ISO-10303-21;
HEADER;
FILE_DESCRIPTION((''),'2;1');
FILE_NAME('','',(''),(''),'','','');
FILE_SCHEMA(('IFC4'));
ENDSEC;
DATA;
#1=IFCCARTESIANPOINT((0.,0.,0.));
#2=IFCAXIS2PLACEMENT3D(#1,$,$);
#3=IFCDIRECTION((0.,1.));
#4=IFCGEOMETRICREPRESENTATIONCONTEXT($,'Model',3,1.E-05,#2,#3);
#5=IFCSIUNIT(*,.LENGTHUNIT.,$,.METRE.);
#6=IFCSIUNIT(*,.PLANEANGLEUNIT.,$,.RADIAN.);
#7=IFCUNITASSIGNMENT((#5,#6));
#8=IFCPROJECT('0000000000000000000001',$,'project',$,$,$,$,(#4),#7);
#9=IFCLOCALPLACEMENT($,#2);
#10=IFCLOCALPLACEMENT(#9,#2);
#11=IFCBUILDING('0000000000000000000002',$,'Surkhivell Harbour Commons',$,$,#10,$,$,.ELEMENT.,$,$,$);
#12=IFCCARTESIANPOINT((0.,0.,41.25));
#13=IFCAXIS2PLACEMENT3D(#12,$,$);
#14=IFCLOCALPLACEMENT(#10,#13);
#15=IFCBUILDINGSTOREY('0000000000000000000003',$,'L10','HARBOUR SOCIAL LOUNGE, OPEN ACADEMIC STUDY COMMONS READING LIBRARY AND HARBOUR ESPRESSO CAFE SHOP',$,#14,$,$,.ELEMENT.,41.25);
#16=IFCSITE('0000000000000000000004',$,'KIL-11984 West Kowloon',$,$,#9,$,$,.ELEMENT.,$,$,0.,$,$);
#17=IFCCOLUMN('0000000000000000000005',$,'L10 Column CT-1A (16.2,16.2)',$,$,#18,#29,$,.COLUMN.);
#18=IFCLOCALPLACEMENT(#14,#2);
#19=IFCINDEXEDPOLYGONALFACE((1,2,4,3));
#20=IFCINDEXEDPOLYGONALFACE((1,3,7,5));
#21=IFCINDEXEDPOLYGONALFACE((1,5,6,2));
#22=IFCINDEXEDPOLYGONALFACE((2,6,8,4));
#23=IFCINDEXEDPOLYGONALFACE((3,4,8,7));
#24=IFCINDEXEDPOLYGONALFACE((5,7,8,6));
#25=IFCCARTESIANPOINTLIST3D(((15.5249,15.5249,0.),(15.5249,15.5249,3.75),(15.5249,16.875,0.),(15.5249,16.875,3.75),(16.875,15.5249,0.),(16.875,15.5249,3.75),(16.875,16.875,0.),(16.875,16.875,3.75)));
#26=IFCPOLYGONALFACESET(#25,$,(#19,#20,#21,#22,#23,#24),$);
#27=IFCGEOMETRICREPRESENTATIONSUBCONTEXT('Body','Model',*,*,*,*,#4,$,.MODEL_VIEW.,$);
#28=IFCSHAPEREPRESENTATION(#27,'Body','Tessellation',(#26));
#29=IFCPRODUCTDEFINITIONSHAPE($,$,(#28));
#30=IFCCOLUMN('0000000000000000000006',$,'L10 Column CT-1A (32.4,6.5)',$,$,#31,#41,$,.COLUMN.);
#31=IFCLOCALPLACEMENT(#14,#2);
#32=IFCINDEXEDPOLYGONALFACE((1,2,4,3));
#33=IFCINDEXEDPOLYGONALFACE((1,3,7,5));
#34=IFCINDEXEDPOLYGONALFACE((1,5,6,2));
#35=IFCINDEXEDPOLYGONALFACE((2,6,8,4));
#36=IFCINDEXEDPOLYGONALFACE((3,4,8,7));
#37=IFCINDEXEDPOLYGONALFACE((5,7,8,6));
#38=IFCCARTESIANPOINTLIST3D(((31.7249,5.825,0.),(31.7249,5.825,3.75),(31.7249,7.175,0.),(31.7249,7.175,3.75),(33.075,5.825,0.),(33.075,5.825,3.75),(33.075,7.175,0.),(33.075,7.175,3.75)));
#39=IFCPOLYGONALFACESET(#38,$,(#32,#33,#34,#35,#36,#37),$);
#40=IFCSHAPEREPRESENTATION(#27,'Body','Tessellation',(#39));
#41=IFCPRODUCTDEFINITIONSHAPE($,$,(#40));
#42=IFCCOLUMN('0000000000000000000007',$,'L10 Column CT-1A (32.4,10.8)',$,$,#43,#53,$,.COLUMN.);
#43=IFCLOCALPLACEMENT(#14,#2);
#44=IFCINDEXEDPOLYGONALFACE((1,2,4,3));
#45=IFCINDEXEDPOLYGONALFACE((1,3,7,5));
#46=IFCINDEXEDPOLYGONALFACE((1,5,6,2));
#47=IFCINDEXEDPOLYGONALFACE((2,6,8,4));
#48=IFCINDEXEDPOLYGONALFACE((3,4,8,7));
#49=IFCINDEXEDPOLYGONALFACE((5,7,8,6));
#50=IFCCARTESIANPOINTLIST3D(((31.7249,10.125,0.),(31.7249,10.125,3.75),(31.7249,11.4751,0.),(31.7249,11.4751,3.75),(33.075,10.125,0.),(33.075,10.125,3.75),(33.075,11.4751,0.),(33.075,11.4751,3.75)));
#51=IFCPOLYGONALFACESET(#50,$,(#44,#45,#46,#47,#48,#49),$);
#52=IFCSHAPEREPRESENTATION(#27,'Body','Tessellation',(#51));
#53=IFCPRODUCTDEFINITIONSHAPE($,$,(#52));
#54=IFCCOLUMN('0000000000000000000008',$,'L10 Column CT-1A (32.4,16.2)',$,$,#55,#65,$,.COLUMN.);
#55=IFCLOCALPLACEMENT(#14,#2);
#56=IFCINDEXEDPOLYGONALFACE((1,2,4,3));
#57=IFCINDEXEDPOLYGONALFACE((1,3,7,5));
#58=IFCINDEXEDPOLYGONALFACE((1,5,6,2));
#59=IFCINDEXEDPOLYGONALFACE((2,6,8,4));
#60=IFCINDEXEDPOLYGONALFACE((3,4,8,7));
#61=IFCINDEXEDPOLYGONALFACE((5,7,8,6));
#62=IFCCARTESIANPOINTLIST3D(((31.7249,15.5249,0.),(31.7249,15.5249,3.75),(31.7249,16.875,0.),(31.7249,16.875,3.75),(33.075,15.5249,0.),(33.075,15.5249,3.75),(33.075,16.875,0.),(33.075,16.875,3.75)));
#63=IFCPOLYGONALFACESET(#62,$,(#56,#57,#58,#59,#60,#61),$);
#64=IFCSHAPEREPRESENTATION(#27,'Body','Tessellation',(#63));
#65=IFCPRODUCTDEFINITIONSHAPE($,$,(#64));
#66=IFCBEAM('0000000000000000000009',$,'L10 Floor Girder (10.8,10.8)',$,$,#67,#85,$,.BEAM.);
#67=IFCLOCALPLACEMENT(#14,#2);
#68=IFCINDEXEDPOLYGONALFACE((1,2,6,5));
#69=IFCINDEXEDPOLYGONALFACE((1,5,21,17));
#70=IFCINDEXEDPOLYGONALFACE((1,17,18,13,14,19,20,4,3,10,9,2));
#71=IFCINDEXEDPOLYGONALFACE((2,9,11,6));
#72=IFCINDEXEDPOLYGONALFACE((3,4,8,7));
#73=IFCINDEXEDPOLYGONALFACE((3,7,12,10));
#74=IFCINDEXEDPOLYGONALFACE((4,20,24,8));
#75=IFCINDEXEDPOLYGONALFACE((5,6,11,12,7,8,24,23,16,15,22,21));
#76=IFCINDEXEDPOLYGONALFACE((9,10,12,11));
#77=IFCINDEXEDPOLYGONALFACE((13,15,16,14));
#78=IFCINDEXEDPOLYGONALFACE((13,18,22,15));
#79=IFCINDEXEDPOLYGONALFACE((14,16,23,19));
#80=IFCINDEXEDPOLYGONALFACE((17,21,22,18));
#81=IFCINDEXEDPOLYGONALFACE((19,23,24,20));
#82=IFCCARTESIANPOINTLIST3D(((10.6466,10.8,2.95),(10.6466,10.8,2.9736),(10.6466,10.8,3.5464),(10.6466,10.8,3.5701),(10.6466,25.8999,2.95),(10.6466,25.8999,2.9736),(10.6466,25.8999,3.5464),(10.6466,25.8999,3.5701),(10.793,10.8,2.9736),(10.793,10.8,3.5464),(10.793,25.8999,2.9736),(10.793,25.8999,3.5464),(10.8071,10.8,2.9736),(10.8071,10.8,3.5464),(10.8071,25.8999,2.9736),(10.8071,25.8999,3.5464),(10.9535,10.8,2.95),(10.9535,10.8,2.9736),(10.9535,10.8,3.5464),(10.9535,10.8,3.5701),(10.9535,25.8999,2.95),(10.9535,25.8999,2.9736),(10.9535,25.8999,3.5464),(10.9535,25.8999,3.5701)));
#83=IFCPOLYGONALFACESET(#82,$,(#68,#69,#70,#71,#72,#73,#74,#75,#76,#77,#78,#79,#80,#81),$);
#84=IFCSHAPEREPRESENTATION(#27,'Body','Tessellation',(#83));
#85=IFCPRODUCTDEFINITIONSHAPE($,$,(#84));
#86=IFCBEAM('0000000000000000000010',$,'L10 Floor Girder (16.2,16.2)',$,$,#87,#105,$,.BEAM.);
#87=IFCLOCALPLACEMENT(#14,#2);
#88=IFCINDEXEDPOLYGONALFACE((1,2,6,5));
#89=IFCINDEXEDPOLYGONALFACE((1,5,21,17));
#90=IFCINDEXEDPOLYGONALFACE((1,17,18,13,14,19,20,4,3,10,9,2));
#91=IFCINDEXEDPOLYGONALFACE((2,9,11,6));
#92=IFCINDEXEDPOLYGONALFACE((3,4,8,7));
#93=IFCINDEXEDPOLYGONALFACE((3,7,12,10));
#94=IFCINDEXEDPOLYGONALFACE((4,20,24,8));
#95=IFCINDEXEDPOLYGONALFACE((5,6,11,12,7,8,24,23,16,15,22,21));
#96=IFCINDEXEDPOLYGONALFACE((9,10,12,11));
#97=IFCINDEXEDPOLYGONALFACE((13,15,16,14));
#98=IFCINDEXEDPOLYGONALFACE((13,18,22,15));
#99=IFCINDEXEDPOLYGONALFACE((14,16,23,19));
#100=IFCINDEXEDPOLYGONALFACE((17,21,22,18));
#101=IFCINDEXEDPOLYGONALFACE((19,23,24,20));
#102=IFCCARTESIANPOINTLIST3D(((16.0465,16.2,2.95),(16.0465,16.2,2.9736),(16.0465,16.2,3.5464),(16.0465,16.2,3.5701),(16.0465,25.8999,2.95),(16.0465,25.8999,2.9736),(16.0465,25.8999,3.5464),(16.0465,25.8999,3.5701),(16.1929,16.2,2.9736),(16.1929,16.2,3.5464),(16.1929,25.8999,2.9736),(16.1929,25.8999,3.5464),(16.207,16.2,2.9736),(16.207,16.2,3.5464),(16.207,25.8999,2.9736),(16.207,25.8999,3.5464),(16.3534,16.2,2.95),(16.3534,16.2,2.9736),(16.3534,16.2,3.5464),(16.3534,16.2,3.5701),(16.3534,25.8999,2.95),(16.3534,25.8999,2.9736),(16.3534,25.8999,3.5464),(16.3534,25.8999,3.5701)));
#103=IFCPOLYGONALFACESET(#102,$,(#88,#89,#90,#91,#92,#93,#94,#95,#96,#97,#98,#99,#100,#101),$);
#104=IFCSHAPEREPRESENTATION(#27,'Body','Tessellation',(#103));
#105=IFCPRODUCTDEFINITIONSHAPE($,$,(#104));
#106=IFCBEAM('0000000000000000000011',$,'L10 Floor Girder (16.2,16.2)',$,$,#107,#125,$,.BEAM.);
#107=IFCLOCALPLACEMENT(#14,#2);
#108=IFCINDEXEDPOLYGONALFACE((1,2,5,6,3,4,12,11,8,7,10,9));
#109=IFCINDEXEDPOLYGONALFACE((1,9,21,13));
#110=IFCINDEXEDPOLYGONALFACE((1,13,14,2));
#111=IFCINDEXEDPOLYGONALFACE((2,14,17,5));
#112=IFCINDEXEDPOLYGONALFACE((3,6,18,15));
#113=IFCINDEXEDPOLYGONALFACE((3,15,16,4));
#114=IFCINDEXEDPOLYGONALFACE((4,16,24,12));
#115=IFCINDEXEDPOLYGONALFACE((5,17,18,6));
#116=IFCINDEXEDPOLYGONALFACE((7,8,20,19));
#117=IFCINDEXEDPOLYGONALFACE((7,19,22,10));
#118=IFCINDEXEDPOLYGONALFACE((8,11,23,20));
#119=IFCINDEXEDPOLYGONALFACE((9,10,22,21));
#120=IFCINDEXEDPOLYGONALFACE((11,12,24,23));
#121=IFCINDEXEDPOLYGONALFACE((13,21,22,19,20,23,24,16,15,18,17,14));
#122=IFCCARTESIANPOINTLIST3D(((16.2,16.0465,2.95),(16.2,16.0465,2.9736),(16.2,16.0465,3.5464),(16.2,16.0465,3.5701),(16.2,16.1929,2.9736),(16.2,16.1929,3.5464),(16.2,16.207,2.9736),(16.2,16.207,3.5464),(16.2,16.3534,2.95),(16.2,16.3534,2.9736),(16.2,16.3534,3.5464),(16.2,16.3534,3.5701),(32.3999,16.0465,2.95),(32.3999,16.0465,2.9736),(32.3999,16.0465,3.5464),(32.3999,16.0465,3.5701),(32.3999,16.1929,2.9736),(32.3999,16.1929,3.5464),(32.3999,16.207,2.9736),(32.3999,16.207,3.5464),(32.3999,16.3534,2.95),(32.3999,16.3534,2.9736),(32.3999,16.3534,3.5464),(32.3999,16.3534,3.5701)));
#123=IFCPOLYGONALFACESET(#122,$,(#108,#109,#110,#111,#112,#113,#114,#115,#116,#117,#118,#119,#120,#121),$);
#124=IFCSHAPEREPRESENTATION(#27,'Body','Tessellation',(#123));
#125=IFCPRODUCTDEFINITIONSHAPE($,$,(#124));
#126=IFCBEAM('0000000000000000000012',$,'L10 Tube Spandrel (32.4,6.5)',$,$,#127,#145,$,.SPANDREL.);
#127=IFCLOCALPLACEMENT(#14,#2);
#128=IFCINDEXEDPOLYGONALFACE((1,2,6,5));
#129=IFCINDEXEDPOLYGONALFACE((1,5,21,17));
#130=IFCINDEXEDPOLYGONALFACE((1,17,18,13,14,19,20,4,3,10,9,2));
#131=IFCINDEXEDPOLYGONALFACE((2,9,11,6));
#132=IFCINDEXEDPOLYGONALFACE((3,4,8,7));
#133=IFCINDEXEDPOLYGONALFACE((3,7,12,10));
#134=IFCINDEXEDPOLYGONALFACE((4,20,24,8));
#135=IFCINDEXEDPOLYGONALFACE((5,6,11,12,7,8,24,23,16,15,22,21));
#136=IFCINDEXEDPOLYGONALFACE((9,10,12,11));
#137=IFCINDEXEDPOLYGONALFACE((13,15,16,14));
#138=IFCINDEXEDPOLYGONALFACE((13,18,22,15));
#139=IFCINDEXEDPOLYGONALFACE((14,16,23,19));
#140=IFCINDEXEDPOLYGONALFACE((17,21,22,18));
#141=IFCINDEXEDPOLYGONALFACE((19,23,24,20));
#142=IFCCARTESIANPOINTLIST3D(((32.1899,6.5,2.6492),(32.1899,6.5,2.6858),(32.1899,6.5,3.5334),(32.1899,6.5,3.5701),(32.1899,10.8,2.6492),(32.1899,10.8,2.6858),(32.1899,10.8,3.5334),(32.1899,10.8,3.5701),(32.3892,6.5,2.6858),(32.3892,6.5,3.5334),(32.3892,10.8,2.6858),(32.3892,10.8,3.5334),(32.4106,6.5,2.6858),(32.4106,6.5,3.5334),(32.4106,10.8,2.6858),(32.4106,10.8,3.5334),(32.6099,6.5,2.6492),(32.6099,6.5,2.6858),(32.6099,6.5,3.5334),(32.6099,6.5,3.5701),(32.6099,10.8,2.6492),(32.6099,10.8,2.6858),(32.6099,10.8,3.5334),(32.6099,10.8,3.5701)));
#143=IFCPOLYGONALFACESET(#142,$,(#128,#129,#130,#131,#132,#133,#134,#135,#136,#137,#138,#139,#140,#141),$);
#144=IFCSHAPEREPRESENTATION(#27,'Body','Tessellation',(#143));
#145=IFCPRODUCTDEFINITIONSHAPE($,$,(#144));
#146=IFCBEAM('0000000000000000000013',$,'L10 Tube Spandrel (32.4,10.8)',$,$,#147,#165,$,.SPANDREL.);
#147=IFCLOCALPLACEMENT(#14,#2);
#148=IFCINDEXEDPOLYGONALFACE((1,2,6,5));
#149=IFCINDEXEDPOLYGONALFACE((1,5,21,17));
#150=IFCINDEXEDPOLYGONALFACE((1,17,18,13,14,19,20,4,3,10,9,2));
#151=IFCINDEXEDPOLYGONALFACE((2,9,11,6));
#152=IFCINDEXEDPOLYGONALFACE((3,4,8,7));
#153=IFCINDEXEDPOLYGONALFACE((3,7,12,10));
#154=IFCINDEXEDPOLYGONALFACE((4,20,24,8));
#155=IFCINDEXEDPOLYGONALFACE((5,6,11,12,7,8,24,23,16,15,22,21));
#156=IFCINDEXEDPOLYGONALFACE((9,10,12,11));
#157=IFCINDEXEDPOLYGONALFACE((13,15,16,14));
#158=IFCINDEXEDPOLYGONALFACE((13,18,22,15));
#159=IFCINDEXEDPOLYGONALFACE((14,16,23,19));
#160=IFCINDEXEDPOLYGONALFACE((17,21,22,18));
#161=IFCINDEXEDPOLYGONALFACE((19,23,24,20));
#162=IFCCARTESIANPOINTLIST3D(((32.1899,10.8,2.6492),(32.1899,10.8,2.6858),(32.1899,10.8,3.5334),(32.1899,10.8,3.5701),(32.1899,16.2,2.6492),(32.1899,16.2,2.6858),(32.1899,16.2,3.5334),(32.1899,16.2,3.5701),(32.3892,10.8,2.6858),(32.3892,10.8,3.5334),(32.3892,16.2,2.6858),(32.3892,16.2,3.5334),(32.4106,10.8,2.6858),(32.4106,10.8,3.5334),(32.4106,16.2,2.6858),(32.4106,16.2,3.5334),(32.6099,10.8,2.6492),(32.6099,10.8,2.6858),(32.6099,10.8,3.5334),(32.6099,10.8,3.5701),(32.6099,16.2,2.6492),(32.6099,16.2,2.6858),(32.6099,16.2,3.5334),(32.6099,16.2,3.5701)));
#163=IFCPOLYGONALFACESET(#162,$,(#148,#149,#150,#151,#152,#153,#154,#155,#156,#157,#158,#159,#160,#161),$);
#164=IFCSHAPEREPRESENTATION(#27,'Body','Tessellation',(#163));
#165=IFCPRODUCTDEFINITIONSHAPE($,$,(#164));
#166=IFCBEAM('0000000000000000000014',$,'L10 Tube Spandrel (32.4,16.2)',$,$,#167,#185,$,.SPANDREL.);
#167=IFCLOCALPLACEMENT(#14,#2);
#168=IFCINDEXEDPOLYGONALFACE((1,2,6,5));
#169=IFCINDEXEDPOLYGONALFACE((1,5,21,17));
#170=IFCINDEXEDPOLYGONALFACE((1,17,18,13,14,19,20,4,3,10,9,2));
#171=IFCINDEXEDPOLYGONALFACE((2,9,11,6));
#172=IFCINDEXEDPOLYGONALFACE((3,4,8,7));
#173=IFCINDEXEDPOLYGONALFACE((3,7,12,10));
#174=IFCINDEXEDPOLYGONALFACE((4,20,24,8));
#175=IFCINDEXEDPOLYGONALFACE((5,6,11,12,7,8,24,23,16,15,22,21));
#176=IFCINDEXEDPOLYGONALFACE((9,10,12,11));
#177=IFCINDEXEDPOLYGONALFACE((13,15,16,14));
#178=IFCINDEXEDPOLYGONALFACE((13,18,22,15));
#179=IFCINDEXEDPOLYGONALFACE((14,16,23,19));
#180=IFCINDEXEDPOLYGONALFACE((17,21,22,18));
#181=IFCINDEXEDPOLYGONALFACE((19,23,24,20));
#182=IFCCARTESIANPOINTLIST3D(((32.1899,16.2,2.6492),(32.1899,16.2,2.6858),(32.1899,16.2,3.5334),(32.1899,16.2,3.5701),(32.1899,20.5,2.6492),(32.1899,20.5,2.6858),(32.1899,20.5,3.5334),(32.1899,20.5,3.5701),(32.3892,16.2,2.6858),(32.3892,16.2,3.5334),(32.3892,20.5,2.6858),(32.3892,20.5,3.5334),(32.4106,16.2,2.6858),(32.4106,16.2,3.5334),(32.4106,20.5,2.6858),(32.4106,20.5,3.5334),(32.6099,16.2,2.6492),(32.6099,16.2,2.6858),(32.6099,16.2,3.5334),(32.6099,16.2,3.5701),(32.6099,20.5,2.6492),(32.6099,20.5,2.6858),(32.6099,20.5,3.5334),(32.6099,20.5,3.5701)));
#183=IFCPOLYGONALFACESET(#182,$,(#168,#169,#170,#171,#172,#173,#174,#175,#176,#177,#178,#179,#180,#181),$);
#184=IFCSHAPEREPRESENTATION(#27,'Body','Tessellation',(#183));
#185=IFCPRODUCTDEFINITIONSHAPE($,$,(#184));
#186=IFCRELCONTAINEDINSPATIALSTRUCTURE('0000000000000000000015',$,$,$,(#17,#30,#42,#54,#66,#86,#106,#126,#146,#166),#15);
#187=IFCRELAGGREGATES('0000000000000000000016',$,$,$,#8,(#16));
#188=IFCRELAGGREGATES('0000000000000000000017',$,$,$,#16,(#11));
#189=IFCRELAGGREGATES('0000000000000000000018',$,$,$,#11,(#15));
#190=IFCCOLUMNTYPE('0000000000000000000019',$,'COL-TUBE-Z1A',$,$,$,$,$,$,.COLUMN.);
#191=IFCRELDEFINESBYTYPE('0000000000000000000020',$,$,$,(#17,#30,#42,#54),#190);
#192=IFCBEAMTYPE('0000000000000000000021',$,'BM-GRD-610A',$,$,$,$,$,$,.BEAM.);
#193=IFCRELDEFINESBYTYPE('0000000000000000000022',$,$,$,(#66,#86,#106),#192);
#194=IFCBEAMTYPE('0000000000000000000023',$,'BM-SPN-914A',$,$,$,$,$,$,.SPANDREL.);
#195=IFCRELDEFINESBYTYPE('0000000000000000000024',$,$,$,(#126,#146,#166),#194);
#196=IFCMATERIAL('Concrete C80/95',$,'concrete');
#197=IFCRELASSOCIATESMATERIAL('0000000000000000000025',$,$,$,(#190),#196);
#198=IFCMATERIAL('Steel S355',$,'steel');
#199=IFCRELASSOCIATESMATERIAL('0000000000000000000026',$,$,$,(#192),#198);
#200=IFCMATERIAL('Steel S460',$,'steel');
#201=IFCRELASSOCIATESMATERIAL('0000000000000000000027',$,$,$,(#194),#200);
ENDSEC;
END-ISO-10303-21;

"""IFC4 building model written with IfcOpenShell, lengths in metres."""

from ifc_helpers import new_model, si_unit, direction, frame, origin, origin_2d, place, context, subcontext, project, spatial, rectangle, i_section, extrude, material, material_profile, profile_set, type_object, element, save


model = new_model("IFC4")

# Units and contexts
model_context = context("Model", 3, precision=1e-05, world=origin(), true_north=direction((0.0, 1.0)))
body_context = subcontext(model_context, "Body", "Model", "MODEL_VIEW")
ifc_project = project(units=[si_unit("LENGTHUNIT", "METRE"), si_unit("PLANEANGLEUNIT", "RADIAN")], contexts=[model_context])

# Site, building, storey
site_placement = place(None, origin())
site = spatial("IfcSite", under=ifc_project, at=site_placement, Name="KIL-11984 West Kowloon", CompositionType="ELEMENT", RefElevation=0.0)
building_placement = place(site_placement, origin())
building = spatial("IfcBuilding", under=site, at=building_placement, Name="Surkhivell Harbour Commons", CompositionType="ELEMENT")
storey_placement = place(building_placement, frame((0.0, 0.0, 41.25)))
storey = spatial("IfcBuildingStorey", under=building, at=storey_placement, Name="L10", Description="HARBOUR SOCIAL LOUNGE, OPEN ACADEMIC STUDY COMMONS READING LIBRARY AND HARBOUR ESPRESSO CAFE SHOP", CompositionType="ELEMENT", Elevation=41.25)

# Columns
ifc_material_1 = material(Name="Concrete C80/95", Category="concrete")
ifc_material_profile_1 = material_profile(ifc_material_1, rectangle(XDim=1.3501, YDim=1.3501, at=origin_2d()), Name="RC-COL-1350x1350")
ifc_profile_set_1 = profile_set([ifc_material_profile_1], Name="Concrete C80/95")
column_type = type_object("IfcColumnType", Name="COL-TUBE-Z1A", PredefinedType="COLUMN", material=ifc_profile_set_1)
for number, where, z_axis, x_axis, name in (
    (1, (16.2, 16.2, 0.0), (0.0, 0.0, 1.0), (1.0, 0.0, 0.0), "L10 Column CT-1A (16.2,16.2)"),
    (2, (32.3999, 6.5, 0.0), (0.0, 0.0, 1.0), (1.0, 0.0, 0.0), "L10 Column CT-1A (32.4,6.5)"),
    (3, (32.3999, 10.8, 0.0), (0.0, 0.0, 1.0), (1.0, 0.0, 0.0), "L10 Column CT-1A (32.4,10.8)"),
    (4, (32.3999, 16.2, 0.0), (0.0, 0.0, 1.0), (1.0, 0.0, 0.0), "L10 Column CT-1A (32.4,16.2)"),
):
    element("IfcColumn", number, at=place(storey_placement, frame(where, z_axis=z_axis, x_axis=x_axis)), inside=storey, type_object=column_type, Name=name, PredefinedType="COLUMN", context=body_context, shape_type="SweptSolid", body=[
        extrude(rectangle(XDim=1.3501, YDim=1.3501, at=origin_2d()), origin(), (0.0, 0.0, 1.0), 3.75),
    ])

# Beams
ifc_material_2 = material(Name="Steel S355", Category="steel")
ifc_material_profile_2 = material_profile(ifc_material_2, i_section(OverallWidth=0.3069, OverallDepth=0.6201, WebThickness=0.0142, FlangeThickness=0.0237, at=origin_2d()), Name="UB610x305x179")
ifc_profile_set_2 = profile_set([ifc_material_profile_2], Name="Steel S355")
beam_type_1 = type_object("IfcBeamType", Name="BM-GRD-610A", PredefinedType="BEAM", material=ifc_profile_set_2)
beam_1_placement = place(storey_placement, frame((10.8, 10.8, 3.26), z_axis=(0.0, 1.0, 0.0), x_axis=(-1.0, 0.0, 0.0)))
element("IfcBeam", 5, at=beam_1_placement, inside=storey, type_object=beam_type_1, Name="L10 Floor Girder (10.8,10.8)", PredefinedType="BEAM", context=body_context, shape_type="SweptSolid", body=[
    extrude(i_section(OverallWidth=0.3069, OverallDepth=0.6201, WebThickness=0.0142, FlangeThickness=0.0237, at=origin_2d()), origin(), (0.0, 0.0, 1.0), 15.0999),
])
beam_2_placement = place(storey_placement, frame((16.2, 16.2, 3.26), z_axis=(0.0, 1.0, 0.0), x_axis=(-1.0, 0.0, 0.0)))
element("IfcBeam", 6, at=beam_2_placement, inside=storey, type_object=beam_type_1, Name="L10 Floor Girder (16.2,16.2)", PredefinedType="BEAM", context=body_context, shape_type="SweptSolid", body=[
    extrude(i_section(OverallWidth=0.3069, OverallDepth=0.6201, WebThickness=0.0142, FlangeThickness=0.0237, at=origin_2d()), origin(), (0.0, 0.0, 1.0), 9.7),
])
beam_3_placement = place(storey_placement, frame((16.2, 16.2, 3.26), z_axis=(1.0, 0.0, 0.0), x_axis=(0.0, 1.0, 0.0)))
element("IfcBeam", 7, at=beam_3_placement, inside=storey, type_object=beam_type_1, Name="L10 Floor Girder (16.2,16.2)", PredefinedType="BEAM", context=body_context, shape_type="SweptSolid", body=[
    extrude(i_section(OverallWidth=0.3069, OverallDepth=0.6201, WebThickness=0.0142, FlangeThickness=0.0237, at=origin_2d()), origin(), (0.0, 0.0, 1.0), 16.2),
])
ifc_material_3 = material(Name="Steel S460", Category="steel")
ifc_material_profile_3 = material_profile(ifc_material_3, i_section(OverallWidth=0.4199, OverallDepth=0.9209, WebThickness=0.0215, FlangeThickness=0.0366, at=origin_2d()), Name="UB914x419x388")
ifc_profile_set_3 = profile_set([ifc_material_profile_3], Name="Steel S460")
beam_type_2 = type_object("IfcBeamType", Name="BM-SPN-914A", PredefinedType="SPANDREL", material=ifc_profile_set_3)
beam_4_placement = place(storey_placement, frame((32.3999, 6.5, 3.1096), z_axis=(0.0, 1.0, 0.0), x_axis=(-1.0, 0.0, 0.0)))
element("IfcBeam", 8, at=beam_4_placement, inside=storey, type_object=beam_type_2, Name="L10 Tube Spandrel (32.4,6.5)", PredefinedType="SPANDREL", context=body_context, shape_type="SweptSolid", body=[
    extrude(i_section(OverallWidth=0.4199, OverallDepth=0.9209, WebThickness=0.0215, FlangeThickness=0.0366, at=origin_2d()), origin(), (0.0, 0.0, 1.0), 4.3),
])
beam_5_placement = place(storey_placement, frame((32.3999, 10.8, 3.1096), z_axis=(0.0, 1.0, 0.0), x_axis=(-1.0, 0.0, 0.0)))
element("IfcBeam", 9, at=beam_5_placement, inside=storey, type_object=beam_type_2, Name="L10 Tube Spandrel (32.4,10.8)", PredefinedType="SPANDREL", context=body_context, shape_type="SweptSolid", body=[
    extrude(i_section(OverallWidth=0.4199, OverallDepth=0.9209, WebThickness=0.0215, FlangeThickness=0.0366, at=origin_2d()), origin(), (0.0, 0.0, 1.0), 5.3999),
])
beam_6_placement = place(storey_placement, frame((32.3999, 16.2, 3.1096), z_axis=(0.0, 1.0, 0.0), x_axis=(-1.0, 0.0, 0.0)))
element("IfcBeam", 10, at=beam_6_placement, inside=storey, type_object=beam_type_2, Name="L10 Tube Spandrel (32.4,16.2)", PredefinedType="SPANDREL", context=body_context, shape_type="SweptSolid", body=[
    extrude(i_section(OverallWidth=0.4199, OverallDepth=0.9209, WebThickness=0.0215, FlangeThickness=0.0366, at=origin_2d()), origin(), (0.0, 0.0, 1.0), 4.3),
])

save(model, "model.ifc")
